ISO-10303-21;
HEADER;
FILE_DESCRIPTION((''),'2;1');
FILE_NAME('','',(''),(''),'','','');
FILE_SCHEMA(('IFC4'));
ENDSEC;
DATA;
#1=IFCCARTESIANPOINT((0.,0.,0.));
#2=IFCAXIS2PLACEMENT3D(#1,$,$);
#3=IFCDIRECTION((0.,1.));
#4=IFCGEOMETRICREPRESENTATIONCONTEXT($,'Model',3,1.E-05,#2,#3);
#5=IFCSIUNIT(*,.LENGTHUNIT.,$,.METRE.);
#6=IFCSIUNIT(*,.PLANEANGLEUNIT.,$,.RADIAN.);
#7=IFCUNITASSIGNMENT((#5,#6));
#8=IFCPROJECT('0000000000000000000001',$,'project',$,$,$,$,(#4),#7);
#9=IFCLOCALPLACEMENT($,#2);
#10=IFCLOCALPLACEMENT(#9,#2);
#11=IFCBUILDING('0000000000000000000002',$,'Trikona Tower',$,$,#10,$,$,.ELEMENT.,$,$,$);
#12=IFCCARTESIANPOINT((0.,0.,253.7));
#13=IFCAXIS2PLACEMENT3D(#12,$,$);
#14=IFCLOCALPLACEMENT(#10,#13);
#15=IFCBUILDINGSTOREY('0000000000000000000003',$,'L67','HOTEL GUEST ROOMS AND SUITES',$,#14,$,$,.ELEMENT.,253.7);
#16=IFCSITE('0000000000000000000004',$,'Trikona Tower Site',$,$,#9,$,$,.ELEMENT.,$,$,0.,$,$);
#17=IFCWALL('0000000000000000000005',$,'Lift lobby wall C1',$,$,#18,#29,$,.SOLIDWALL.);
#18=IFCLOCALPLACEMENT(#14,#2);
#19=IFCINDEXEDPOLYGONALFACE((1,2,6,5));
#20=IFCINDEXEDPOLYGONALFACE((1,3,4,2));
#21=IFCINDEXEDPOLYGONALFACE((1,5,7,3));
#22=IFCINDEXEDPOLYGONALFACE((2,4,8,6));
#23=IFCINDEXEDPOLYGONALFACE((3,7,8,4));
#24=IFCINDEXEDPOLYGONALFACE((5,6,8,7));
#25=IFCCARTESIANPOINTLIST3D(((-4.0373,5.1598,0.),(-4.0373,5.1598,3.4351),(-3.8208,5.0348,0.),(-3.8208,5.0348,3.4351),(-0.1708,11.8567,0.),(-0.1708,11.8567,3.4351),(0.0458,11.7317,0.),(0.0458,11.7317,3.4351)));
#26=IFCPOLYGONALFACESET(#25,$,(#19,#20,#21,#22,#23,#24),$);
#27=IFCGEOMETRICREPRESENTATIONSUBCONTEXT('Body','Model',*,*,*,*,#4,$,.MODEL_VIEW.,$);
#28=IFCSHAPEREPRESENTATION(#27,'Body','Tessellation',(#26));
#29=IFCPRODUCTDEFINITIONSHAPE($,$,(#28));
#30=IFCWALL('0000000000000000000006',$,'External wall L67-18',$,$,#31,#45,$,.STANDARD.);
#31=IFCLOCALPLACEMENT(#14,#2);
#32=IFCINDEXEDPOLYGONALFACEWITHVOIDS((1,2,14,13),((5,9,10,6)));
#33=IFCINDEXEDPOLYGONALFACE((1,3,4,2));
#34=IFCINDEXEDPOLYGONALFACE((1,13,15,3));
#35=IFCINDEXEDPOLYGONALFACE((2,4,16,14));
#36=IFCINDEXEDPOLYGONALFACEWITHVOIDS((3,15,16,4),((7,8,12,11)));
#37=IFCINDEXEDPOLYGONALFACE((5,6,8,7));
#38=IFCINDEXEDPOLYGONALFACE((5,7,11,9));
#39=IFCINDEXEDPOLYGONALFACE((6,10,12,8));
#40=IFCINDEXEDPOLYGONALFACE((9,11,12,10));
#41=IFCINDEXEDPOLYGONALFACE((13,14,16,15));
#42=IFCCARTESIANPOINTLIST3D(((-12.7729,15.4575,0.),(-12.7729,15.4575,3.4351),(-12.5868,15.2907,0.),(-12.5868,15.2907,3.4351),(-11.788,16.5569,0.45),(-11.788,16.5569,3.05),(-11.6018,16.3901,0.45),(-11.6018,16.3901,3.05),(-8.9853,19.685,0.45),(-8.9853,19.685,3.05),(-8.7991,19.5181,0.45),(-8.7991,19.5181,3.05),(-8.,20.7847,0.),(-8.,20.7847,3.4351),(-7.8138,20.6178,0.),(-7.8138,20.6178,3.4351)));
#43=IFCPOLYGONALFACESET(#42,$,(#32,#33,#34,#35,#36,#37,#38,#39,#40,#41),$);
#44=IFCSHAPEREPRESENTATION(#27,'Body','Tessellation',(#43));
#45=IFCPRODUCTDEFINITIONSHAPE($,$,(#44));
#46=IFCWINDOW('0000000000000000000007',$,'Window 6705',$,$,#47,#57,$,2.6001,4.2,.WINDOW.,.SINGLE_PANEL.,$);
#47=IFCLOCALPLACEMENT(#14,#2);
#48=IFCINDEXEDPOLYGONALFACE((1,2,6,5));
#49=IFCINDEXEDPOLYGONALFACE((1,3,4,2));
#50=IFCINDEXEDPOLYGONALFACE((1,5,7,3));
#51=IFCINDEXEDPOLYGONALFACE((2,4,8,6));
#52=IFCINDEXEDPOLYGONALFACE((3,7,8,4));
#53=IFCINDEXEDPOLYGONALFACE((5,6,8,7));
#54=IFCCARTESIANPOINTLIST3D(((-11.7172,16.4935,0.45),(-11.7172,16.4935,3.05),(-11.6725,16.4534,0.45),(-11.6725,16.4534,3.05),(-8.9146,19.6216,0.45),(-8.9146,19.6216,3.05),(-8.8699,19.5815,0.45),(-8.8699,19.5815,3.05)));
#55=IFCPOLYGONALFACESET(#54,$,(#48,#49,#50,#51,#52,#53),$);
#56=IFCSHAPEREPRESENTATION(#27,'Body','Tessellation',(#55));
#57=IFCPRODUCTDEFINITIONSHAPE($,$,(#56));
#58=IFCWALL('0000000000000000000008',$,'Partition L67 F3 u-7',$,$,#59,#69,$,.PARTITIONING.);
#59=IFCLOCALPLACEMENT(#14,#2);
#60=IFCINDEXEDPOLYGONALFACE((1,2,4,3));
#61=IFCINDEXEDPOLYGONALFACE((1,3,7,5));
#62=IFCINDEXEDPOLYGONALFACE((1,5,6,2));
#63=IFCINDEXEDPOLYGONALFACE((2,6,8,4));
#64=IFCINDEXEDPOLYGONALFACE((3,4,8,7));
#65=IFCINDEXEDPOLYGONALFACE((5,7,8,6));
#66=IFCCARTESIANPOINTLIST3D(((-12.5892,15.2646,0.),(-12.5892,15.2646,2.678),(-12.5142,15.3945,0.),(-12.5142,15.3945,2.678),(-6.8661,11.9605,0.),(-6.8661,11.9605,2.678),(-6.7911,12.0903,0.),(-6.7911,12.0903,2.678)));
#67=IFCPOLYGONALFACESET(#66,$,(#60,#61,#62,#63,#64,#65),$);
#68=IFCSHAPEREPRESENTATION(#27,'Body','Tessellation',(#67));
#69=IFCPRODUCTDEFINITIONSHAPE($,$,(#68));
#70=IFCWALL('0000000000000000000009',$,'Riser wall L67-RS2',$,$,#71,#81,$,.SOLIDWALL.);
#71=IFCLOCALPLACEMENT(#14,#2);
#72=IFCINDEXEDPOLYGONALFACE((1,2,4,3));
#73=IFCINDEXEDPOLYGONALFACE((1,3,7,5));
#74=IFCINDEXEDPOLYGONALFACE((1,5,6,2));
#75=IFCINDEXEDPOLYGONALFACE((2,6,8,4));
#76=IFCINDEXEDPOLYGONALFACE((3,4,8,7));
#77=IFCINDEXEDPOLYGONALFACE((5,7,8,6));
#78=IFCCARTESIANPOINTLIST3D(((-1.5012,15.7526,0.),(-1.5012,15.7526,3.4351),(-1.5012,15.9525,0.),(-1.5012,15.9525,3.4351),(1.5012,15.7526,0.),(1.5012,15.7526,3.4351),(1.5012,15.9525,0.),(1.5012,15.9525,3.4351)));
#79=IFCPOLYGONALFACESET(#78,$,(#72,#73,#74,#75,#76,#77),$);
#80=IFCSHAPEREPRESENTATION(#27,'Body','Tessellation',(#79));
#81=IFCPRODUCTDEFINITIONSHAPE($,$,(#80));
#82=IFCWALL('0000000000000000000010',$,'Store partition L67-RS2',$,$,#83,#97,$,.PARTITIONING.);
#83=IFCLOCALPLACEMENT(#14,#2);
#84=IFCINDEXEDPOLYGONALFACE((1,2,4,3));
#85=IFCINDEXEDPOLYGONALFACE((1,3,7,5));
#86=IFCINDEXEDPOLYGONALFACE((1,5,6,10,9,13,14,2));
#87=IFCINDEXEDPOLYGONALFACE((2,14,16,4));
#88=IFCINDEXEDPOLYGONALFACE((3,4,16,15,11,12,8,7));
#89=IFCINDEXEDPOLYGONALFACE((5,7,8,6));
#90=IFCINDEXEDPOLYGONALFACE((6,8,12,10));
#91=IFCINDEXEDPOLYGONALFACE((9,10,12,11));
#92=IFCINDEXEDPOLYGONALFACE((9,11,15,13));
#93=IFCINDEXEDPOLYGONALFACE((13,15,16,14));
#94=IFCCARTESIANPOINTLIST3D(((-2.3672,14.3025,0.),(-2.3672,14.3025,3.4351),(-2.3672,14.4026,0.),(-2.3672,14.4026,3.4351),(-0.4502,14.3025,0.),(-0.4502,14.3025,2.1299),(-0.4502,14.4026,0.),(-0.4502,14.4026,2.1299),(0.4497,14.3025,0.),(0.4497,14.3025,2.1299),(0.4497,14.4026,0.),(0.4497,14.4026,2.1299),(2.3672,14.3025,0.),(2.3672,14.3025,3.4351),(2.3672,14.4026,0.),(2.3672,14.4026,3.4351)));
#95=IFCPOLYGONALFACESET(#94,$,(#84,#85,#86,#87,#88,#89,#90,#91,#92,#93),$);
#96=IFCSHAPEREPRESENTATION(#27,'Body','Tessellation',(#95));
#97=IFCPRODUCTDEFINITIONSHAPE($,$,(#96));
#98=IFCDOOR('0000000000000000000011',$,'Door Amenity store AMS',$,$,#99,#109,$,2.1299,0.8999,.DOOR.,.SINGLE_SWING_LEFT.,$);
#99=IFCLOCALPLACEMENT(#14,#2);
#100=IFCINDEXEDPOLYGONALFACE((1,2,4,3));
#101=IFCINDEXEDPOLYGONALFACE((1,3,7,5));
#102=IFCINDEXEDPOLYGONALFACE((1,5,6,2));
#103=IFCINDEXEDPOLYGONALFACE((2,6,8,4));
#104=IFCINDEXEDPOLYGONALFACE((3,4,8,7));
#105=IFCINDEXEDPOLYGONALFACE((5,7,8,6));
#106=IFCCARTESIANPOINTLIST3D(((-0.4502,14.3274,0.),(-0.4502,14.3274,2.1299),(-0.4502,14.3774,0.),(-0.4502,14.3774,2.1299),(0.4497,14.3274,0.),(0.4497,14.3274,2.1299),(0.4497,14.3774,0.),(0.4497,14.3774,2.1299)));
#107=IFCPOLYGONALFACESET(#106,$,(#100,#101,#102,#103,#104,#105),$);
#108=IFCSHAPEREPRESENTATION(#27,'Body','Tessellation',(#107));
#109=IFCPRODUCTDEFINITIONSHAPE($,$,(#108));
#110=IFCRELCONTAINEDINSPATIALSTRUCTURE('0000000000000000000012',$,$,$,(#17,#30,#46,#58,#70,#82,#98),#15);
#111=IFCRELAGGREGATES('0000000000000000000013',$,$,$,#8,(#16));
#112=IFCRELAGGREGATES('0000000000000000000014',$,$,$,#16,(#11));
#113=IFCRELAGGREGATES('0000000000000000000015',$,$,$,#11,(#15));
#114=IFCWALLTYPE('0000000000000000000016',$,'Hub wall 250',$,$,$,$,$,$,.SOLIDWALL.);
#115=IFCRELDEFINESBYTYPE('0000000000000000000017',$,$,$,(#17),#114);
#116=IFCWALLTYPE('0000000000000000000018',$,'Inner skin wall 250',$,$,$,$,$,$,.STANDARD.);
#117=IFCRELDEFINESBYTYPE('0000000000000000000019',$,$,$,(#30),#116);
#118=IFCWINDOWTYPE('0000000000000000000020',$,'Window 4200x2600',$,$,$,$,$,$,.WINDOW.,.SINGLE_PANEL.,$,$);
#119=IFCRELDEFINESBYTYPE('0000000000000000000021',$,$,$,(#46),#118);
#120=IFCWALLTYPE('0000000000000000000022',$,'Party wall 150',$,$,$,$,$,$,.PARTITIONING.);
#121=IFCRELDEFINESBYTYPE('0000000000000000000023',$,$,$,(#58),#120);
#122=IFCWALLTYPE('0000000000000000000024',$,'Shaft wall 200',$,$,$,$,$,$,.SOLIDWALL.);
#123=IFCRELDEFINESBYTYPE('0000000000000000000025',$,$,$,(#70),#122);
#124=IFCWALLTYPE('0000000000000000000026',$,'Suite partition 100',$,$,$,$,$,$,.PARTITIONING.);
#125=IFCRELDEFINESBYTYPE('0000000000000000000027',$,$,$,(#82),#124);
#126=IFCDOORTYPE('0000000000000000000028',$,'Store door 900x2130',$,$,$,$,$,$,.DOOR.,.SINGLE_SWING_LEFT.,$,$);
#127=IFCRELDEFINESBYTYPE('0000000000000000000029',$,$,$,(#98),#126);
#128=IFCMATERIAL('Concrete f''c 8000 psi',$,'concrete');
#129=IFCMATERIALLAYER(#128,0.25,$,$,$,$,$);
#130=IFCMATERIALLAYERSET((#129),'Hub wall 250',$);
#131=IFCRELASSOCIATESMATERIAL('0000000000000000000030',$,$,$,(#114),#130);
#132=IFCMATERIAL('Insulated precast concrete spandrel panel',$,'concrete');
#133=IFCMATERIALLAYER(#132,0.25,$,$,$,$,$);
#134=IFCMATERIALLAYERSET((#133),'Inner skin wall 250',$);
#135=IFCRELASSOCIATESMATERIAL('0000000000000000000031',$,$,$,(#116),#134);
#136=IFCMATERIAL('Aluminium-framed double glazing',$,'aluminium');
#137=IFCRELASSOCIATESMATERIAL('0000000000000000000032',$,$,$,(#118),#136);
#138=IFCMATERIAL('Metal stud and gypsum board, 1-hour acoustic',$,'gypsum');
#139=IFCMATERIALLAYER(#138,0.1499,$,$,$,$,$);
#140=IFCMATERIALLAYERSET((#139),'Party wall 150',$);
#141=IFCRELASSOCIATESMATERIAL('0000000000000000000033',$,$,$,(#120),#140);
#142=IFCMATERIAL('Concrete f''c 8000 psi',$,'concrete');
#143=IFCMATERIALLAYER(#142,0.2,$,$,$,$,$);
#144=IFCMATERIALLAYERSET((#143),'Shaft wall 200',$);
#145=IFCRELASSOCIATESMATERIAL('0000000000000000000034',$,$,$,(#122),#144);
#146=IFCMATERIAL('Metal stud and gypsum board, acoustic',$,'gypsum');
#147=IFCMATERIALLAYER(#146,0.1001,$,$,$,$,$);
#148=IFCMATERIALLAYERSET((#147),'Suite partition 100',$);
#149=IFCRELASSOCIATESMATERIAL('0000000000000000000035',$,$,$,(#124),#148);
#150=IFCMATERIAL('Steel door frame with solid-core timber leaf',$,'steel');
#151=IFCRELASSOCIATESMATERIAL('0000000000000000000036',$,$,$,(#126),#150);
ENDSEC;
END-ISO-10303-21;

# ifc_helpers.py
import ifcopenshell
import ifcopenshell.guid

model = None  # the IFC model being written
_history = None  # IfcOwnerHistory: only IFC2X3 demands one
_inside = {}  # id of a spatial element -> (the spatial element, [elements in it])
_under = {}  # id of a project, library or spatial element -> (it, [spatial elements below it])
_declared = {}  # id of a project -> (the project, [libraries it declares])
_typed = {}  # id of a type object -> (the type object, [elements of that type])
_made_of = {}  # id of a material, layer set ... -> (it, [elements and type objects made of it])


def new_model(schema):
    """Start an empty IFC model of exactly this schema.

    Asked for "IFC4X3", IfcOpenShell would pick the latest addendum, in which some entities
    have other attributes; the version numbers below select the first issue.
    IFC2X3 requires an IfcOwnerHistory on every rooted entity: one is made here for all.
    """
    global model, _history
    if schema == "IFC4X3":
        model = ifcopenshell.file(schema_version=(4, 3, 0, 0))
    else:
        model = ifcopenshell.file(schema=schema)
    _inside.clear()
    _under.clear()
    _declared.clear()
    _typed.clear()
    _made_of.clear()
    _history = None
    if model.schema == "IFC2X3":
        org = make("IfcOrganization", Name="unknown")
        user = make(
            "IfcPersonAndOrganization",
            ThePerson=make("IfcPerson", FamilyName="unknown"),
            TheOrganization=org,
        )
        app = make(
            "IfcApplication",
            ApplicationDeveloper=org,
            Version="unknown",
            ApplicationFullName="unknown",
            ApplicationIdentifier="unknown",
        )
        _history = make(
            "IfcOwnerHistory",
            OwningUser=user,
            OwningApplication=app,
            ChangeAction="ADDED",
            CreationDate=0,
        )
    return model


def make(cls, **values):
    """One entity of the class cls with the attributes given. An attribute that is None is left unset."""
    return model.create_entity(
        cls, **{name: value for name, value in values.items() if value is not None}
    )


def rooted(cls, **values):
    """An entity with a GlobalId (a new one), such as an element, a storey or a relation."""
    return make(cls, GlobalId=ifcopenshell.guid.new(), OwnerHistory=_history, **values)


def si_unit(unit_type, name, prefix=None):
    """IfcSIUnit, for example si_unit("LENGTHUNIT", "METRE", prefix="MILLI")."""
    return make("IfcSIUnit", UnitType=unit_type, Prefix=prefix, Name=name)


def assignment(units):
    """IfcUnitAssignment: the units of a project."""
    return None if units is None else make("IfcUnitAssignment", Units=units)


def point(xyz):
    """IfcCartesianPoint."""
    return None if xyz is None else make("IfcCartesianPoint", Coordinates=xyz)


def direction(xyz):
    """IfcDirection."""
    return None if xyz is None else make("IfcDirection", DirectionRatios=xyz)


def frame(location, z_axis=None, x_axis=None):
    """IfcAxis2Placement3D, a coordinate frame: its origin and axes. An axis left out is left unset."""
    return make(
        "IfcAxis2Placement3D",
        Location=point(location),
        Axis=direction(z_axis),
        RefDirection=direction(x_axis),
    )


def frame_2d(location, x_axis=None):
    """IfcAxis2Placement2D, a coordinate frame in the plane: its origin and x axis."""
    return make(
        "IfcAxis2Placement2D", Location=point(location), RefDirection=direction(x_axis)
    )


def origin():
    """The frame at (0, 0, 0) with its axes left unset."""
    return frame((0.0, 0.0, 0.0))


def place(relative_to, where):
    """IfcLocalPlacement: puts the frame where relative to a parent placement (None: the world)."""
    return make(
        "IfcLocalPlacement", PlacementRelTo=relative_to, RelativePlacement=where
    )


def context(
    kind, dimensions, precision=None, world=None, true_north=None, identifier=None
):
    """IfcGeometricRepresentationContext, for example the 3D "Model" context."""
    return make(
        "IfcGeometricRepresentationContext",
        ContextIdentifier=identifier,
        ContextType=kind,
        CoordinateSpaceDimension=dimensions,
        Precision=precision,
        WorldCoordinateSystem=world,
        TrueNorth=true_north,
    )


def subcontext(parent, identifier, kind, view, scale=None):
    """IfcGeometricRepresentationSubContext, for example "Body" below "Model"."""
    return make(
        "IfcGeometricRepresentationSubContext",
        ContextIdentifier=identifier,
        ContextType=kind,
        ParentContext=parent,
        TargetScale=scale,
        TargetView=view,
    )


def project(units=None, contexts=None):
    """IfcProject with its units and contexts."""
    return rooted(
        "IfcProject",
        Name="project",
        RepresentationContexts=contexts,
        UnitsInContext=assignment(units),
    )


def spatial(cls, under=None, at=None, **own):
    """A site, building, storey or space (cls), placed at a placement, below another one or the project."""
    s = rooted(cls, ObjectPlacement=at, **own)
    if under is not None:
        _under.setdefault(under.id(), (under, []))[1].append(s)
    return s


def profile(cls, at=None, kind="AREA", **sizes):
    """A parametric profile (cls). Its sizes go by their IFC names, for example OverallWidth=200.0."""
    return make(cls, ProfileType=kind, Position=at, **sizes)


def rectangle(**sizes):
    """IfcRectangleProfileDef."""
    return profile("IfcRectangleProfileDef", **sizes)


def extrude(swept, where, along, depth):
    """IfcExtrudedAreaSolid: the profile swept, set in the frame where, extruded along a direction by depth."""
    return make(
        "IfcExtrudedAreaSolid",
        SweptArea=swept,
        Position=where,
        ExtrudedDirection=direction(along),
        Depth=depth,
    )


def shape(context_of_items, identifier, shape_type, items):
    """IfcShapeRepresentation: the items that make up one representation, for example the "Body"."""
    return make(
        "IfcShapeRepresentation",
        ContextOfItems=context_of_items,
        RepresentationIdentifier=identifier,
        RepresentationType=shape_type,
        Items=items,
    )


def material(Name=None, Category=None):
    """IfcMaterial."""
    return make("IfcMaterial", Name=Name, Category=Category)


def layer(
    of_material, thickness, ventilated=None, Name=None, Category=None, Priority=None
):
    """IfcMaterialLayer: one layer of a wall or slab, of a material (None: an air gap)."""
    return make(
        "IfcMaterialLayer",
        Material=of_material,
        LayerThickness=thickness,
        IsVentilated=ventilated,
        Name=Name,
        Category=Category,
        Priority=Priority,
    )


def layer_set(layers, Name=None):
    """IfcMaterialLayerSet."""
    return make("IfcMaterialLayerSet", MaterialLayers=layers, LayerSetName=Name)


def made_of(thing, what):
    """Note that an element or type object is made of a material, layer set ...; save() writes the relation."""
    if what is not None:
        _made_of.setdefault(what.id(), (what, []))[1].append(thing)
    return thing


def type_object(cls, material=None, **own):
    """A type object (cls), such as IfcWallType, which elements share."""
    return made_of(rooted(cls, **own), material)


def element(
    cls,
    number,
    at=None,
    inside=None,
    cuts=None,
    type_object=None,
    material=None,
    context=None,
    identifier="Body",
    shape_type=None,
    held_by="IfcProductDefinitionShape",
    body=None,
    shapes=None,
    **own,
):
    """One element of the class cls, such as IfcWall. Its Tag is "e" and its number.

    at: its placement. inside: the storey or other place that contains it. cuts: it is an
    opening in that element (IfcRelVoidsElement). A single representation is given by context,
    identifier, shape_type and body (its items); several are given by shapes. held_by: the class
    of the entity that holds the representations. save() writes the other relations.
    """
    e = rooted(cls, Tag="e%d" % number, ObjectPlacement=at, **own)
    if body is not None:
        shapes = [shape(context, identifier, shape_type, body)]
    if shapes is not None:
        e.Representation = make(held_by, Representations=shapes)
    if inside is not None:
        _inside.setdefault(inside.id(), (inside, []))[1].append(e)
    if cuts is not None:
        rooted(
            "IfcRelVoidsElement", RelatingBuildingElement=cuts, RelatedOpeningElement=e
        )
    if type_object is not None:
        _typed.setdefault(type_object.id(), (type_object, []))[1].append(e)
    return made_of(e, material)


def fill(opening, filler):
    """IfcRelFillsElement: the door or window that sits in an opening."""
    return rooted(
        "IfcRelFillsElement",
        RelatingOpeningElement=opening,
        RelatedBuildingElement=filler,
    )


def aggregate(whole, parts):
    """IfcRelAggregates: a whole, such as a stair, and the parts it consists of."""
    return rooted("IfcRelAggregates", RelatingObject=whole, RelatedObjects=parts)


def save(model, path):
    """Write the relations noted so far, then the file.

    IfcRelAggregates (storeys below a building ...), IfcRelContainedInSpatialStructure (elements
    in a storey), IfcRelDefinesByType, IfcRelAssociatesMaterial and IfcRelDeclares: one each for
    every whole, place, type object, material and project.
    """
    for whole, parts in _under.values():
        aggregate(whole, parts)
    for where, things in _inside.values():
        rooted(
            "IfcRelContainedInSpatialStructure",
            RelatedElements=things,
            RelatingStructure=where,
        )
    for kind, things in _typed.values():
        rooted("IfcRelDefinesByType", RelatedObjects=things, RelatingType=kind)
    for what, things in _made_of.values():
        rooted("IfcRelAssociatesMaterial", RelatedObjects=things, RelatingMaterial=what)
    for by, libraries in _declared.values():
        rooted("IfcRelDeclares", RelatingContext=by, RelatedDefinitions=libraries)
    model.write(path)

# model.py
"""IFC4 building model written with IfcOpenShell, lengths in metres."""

from ifc_helpers import new_model, si_unit, direction, frame, frame_2d, origin, place, context, subcontext, project, spatial, rectangle, extrude, material, layer, layer_set, type_object, element, fill, save


model = new_model("IFC4")

# Units and contexts
model_context = context("Model", 3, precision=1e-05, world=origin(), true_north=direction((0.0, 1.0)))
body_context = subcontext(model_context, "Body", "Model", "MODEL_VIEW")
ifc_project = project(units=[si_unit("LENGTHUNIT", "METRE"), si_unit("PLANEANGLEUNIT", "RADIAN")], contexts=[model_context])

# Site, building, storey
site_placement = place(None, origin())
site = spatial("IfcSite", under=ifc_project, at=site_placement, Name="Trikona Tower Site", CompositionType="ELEMENT", RefElevation=0.0)
building_placement = place(site_placement, origin())
building = spatial("IfcBuilding", under=site, at=building_placement, Name="Trikona Tower", CompositionType="ELEMENT")
storey_placement = place(building_placement, frame((0.0, 0.0, 253.7)))
storey = spatial("IfcBuildingStorey", under=building, at=storey_placement, Name="L67", Description="HOTEL GUEST ROOMS AND SUITES", CompositionType="ELEMENT", Elevation=253.7)

# Wall
ifc_material_1 = material(Name="Concrete f'c 8000 psi", Category="concrete")
ifc_layer_1 = layer(ifc_material_1, 0.25)
ifc_layer_set_1 = layer_set([ifc_layer_1], Name="Hub wall 250")
wall_type_1 = type_object("IfcWallType", Name="Hub wall 250", PredefinedType="SOLIDWALL", material=ifc_layer_set_1)
wall_1_placement = place(storey_placement, frame((-0.0625, 11.7942, 0.0), z_axis=(0.0, 0.0, 1.0), x_axis=(-0.500007, -0.866022, 0.0)))
element("IfcWall", 1, at=wall_1_placement, inside=storey, type_object=wall_type_1, Name="Lift lobby wall C1", PredefinedType="SOLIDWALL", context=body_context, shape_type="SweptSolid", body=[
    extrude(rectangle(XDim=7.7329, YDim=0.25, at=frame_2d((3.8665, 0.0))), origin(), (0.0, 0.0, 1.0), 3.4351),
])

# Wall, opening, window
ifc_material_2 = material(Name="Insulated precast concrete spandrel panel", Category="concrete")
ifc_layer_2 = layer(ifc_material_2, 0.25)
ifc_layer_set_2 = layer_set([ifc_layer_2], Name="Inner skin wall 250")
wall_type_2 = type_object("IfcWallType", Name="Inner skin wall 250", PredefinedType="STANDARD", material=ifc_layer_set_2)
wall_2_placement = place(storey_placement, frame((-7.907, 20.7012, 0.0), z_axis=(0.0, 0.0, 1.0), x_axis=(-0.667304, -0.744786, 0.0)))
wall_2 = element("IfcWall", 2, at=wall_2_placement, inside=storey, type_object=wall_type_2, Name="External wall L67-18", PredefinedType="STANDARD", context=body_context, shape_type="SweptSolid", body=[
    extrude(rectangle(XDim=7.1526, YDim=0.25, at=frame_2d((3.5762, 0.0))), origin(), (0.0, 0.0, 1.0), 3.4351),
])
opening_1_placement = place(wall_2_placement, frame((1.4763, 0.0, 0.45)))
opening_1 = element("IfcOpeningElement", 3, at=opening_1_placement, cuts=wall_2, PredefinedType="OPENING", context=body_context, shape_type="SweptSolid", body=[
    extrude(rectangle(XDim=4.2, YDim=2.6001, at=frame_2d((2.1001, 1.3))), frame((0.0, 0.135, 0.0), z_axis=(0.0, -1.0, 0.0), x_axis=(1.0, 0.0, 0.0)), (0.0, 0.0, 1.0), 0.27),
])
ifc_material_3 = material(Name="Aluminium-framed double glazing", Category="aluminium")
window_type_1 = type_object("IfcWindowType", Name="Window 4200x2600", PartitioningType="SINGLE_PANEL", PredefinedType="WINDOW", material=ifc_material_3)
window_1_placement = place(opening_1_placement, origin())
window_1 = element("IfcWindow", 4, at=window_1_placement, inside=storey, type_object=window_type_1, Name="Window 6705", OverallHeight=2.6001, OverallWidth=4.2, PartitioningType="SINGLE_PANEL", PredefinedType="WINDOW", context=body_context, shape_type="SweptSolid", body=[
    extrude(rectangle(XDim=4.2, YDim=2.6001, at=frame_2d((2.1001, 1.3))), frame((0.0, 0.03, 0.0), z_axis=(0.0, -1.0, 0.0), x_axis=(1.0, 0.0, 0.0)), (0.0, 0.0, 1.0), 0.0601),
])
fill(opening_1, window_1)

# Walls
ifc_material_4 = material(Name="Metal stud and gypsum board, 1-hour acoustic", Category="gypsum")
ifc_layer_3 = layer(ifc_material_4, 0.1499)
ifc_layer_set_3 = layer_set([ifc_layer_3], Name="Party wall 150")
wall_type_3 = type_object("IfcWallType", Name="Party wall 150", PredefinedType="PARTITIONING", material=ifc_layer_set_3)
wall_3_placement = place(storey_placement, frame((-6.8286, 12.0254, 0.0), z_axis=(0.0, 0.0, 1.0), x_axis=(-0.866029, 0.499993, 0.0)))
element("IfcWall", 5, at=wall_3_placement, inside=storey, type_object=wall_type_3, Name="Partition L67 F3 u-7", PredefinedType="PARTITIONING", context=body_context, shape_type="SweptSolid", body=[
    extrude(rectangle(XDim=6.6084, YDim=0.1499, at=frame_2d((3.3042, 0.0))), origin(), (0.0, 0.0, 1.0), 2.678),
])
ifc_material_5 = material(Name="Concrete f'c 8000 psi", Category="concrete")
ifc_layer_4 = layer(ifc_material_5, 0.2)
ifc_layer_set_4 = layer_set([ifc_layer_4], Name="Shaft wall 200")
wall_type_4 = type_object("IfcWallType", Name="Shaft wall 200", PredefinedType="SOLIDWALL", material=ifc_layer_set_4)
wall_4_placement = place(storey_placement, frame((-1.5012, 15.8525, 0.0), z_axis=(0.0, 0.0, 1.0), x_axis=(1.0, 0.0, 0.0)))
element("IfcWall", 6, at=wall_4_placement, inside=storey, type_object=wall_type_4, Name="Riser wall L67-RS2", PredefinedType="SOLIDWALL", context=body_context, shape_type="SweptSolid", body=[
    extrude(rectangle(XDim=3.0024, YDim=0.2, at=frame_2d((1.5012, 0.0))), origin(), (0.0, 0.0, 1.0), 3.4351),
])

# Wall, opening, door
ifc_material_6 = material(Name="Metal stud and gypsum board, acoustic", Category="gypsum")
ifc_layer_5 = layer(ifc_material_6, 0.1001)
ifc_layer_set_5 = layer_set([ifc_layer_5], Name="Suite partition 100")
wall_type_5 = type_object("IfcWallType", Name="Suite partition 100", PredefinedType="PARTITIONING", material=ifc_layer_set_5)
wall_5_placement = place(storey_placement, frame((-2.3672, 14.3525, 0.0), z_axis=(0.0, 0.0, 1.0), x_axis=(1.0, 0.0, 0.0)))
wall_5 = element("IfcWall", 7, at=wall_5_placement, inside=storey, type_object=wall_type_5, Name="Store partition L67-RS2", PredefinedType="PARTITIONING", context=body_context, shape_type="SweptSolid", body=[
    extrude(rectangle(XDim=4.7344, YDim=0.1001, at=frame_2d((2.3672, 0.0))), origin(), (0.0, 0.0, 1.0), 3.4351),
])
opening_2_placement = place(wall_5_placement, frame((1.917, 0.0, 0.0)))
opening_2 = element("IfcOpeningElement", 8, at=opening_2_placement, cuts=wall_5, PredefinedType="OPENING", context=body_context, shape_type="SweptSolid", body=[
    extrude(rectangle(XDim=0.8999, YDim=2.1299, at=frame_2d((0.45, 1.0649))), frame((0.0, 0.0601, 0.0), z_axis=(0.0, -1.0, 0.0), x_axis=(1.0, 0.0, 0.0)), (0.0, 0.0, 1.0), 0.1201),
])
ifc_material_7 = material(Name="Steel door frame with solid-core timber leaf", Category="steel")
door_type_1 = type_object("IfcDoorType", Name="Store door 900x2130", OperationType="SINGLE_SWING_LEFT", PredefinedType="DOOR", material=ifc_material_7)
door_1_placement = place(opening_2_placement, origin())
door_1 = element("IfcDoor", 9, at=door_1_placement, inside=storey, type_object=door_type_1, Name="Door Amenity store AMS", OperationType="SINGLE_SWING_LEFT", OverallHeight=2.1299, OverallWidth=0.8999, PredefinedType="DOOR", context=body_context, shape_type="SweptSolid", body=[
    extrude(rectangle(XDim=0.8999, YDim=2.1299, at=frame_2d((0.45, 1.0649))), frame((0.0, 0.0249, 0.0), z_axis=(0.0, -1.0, 0.0), x_axis=(1.0, 0.0, 0.0)), (0.0, 0.0, 1.0), 0.05),
])
fill(opening_2, door_1)

save(model, "model.ifc")
